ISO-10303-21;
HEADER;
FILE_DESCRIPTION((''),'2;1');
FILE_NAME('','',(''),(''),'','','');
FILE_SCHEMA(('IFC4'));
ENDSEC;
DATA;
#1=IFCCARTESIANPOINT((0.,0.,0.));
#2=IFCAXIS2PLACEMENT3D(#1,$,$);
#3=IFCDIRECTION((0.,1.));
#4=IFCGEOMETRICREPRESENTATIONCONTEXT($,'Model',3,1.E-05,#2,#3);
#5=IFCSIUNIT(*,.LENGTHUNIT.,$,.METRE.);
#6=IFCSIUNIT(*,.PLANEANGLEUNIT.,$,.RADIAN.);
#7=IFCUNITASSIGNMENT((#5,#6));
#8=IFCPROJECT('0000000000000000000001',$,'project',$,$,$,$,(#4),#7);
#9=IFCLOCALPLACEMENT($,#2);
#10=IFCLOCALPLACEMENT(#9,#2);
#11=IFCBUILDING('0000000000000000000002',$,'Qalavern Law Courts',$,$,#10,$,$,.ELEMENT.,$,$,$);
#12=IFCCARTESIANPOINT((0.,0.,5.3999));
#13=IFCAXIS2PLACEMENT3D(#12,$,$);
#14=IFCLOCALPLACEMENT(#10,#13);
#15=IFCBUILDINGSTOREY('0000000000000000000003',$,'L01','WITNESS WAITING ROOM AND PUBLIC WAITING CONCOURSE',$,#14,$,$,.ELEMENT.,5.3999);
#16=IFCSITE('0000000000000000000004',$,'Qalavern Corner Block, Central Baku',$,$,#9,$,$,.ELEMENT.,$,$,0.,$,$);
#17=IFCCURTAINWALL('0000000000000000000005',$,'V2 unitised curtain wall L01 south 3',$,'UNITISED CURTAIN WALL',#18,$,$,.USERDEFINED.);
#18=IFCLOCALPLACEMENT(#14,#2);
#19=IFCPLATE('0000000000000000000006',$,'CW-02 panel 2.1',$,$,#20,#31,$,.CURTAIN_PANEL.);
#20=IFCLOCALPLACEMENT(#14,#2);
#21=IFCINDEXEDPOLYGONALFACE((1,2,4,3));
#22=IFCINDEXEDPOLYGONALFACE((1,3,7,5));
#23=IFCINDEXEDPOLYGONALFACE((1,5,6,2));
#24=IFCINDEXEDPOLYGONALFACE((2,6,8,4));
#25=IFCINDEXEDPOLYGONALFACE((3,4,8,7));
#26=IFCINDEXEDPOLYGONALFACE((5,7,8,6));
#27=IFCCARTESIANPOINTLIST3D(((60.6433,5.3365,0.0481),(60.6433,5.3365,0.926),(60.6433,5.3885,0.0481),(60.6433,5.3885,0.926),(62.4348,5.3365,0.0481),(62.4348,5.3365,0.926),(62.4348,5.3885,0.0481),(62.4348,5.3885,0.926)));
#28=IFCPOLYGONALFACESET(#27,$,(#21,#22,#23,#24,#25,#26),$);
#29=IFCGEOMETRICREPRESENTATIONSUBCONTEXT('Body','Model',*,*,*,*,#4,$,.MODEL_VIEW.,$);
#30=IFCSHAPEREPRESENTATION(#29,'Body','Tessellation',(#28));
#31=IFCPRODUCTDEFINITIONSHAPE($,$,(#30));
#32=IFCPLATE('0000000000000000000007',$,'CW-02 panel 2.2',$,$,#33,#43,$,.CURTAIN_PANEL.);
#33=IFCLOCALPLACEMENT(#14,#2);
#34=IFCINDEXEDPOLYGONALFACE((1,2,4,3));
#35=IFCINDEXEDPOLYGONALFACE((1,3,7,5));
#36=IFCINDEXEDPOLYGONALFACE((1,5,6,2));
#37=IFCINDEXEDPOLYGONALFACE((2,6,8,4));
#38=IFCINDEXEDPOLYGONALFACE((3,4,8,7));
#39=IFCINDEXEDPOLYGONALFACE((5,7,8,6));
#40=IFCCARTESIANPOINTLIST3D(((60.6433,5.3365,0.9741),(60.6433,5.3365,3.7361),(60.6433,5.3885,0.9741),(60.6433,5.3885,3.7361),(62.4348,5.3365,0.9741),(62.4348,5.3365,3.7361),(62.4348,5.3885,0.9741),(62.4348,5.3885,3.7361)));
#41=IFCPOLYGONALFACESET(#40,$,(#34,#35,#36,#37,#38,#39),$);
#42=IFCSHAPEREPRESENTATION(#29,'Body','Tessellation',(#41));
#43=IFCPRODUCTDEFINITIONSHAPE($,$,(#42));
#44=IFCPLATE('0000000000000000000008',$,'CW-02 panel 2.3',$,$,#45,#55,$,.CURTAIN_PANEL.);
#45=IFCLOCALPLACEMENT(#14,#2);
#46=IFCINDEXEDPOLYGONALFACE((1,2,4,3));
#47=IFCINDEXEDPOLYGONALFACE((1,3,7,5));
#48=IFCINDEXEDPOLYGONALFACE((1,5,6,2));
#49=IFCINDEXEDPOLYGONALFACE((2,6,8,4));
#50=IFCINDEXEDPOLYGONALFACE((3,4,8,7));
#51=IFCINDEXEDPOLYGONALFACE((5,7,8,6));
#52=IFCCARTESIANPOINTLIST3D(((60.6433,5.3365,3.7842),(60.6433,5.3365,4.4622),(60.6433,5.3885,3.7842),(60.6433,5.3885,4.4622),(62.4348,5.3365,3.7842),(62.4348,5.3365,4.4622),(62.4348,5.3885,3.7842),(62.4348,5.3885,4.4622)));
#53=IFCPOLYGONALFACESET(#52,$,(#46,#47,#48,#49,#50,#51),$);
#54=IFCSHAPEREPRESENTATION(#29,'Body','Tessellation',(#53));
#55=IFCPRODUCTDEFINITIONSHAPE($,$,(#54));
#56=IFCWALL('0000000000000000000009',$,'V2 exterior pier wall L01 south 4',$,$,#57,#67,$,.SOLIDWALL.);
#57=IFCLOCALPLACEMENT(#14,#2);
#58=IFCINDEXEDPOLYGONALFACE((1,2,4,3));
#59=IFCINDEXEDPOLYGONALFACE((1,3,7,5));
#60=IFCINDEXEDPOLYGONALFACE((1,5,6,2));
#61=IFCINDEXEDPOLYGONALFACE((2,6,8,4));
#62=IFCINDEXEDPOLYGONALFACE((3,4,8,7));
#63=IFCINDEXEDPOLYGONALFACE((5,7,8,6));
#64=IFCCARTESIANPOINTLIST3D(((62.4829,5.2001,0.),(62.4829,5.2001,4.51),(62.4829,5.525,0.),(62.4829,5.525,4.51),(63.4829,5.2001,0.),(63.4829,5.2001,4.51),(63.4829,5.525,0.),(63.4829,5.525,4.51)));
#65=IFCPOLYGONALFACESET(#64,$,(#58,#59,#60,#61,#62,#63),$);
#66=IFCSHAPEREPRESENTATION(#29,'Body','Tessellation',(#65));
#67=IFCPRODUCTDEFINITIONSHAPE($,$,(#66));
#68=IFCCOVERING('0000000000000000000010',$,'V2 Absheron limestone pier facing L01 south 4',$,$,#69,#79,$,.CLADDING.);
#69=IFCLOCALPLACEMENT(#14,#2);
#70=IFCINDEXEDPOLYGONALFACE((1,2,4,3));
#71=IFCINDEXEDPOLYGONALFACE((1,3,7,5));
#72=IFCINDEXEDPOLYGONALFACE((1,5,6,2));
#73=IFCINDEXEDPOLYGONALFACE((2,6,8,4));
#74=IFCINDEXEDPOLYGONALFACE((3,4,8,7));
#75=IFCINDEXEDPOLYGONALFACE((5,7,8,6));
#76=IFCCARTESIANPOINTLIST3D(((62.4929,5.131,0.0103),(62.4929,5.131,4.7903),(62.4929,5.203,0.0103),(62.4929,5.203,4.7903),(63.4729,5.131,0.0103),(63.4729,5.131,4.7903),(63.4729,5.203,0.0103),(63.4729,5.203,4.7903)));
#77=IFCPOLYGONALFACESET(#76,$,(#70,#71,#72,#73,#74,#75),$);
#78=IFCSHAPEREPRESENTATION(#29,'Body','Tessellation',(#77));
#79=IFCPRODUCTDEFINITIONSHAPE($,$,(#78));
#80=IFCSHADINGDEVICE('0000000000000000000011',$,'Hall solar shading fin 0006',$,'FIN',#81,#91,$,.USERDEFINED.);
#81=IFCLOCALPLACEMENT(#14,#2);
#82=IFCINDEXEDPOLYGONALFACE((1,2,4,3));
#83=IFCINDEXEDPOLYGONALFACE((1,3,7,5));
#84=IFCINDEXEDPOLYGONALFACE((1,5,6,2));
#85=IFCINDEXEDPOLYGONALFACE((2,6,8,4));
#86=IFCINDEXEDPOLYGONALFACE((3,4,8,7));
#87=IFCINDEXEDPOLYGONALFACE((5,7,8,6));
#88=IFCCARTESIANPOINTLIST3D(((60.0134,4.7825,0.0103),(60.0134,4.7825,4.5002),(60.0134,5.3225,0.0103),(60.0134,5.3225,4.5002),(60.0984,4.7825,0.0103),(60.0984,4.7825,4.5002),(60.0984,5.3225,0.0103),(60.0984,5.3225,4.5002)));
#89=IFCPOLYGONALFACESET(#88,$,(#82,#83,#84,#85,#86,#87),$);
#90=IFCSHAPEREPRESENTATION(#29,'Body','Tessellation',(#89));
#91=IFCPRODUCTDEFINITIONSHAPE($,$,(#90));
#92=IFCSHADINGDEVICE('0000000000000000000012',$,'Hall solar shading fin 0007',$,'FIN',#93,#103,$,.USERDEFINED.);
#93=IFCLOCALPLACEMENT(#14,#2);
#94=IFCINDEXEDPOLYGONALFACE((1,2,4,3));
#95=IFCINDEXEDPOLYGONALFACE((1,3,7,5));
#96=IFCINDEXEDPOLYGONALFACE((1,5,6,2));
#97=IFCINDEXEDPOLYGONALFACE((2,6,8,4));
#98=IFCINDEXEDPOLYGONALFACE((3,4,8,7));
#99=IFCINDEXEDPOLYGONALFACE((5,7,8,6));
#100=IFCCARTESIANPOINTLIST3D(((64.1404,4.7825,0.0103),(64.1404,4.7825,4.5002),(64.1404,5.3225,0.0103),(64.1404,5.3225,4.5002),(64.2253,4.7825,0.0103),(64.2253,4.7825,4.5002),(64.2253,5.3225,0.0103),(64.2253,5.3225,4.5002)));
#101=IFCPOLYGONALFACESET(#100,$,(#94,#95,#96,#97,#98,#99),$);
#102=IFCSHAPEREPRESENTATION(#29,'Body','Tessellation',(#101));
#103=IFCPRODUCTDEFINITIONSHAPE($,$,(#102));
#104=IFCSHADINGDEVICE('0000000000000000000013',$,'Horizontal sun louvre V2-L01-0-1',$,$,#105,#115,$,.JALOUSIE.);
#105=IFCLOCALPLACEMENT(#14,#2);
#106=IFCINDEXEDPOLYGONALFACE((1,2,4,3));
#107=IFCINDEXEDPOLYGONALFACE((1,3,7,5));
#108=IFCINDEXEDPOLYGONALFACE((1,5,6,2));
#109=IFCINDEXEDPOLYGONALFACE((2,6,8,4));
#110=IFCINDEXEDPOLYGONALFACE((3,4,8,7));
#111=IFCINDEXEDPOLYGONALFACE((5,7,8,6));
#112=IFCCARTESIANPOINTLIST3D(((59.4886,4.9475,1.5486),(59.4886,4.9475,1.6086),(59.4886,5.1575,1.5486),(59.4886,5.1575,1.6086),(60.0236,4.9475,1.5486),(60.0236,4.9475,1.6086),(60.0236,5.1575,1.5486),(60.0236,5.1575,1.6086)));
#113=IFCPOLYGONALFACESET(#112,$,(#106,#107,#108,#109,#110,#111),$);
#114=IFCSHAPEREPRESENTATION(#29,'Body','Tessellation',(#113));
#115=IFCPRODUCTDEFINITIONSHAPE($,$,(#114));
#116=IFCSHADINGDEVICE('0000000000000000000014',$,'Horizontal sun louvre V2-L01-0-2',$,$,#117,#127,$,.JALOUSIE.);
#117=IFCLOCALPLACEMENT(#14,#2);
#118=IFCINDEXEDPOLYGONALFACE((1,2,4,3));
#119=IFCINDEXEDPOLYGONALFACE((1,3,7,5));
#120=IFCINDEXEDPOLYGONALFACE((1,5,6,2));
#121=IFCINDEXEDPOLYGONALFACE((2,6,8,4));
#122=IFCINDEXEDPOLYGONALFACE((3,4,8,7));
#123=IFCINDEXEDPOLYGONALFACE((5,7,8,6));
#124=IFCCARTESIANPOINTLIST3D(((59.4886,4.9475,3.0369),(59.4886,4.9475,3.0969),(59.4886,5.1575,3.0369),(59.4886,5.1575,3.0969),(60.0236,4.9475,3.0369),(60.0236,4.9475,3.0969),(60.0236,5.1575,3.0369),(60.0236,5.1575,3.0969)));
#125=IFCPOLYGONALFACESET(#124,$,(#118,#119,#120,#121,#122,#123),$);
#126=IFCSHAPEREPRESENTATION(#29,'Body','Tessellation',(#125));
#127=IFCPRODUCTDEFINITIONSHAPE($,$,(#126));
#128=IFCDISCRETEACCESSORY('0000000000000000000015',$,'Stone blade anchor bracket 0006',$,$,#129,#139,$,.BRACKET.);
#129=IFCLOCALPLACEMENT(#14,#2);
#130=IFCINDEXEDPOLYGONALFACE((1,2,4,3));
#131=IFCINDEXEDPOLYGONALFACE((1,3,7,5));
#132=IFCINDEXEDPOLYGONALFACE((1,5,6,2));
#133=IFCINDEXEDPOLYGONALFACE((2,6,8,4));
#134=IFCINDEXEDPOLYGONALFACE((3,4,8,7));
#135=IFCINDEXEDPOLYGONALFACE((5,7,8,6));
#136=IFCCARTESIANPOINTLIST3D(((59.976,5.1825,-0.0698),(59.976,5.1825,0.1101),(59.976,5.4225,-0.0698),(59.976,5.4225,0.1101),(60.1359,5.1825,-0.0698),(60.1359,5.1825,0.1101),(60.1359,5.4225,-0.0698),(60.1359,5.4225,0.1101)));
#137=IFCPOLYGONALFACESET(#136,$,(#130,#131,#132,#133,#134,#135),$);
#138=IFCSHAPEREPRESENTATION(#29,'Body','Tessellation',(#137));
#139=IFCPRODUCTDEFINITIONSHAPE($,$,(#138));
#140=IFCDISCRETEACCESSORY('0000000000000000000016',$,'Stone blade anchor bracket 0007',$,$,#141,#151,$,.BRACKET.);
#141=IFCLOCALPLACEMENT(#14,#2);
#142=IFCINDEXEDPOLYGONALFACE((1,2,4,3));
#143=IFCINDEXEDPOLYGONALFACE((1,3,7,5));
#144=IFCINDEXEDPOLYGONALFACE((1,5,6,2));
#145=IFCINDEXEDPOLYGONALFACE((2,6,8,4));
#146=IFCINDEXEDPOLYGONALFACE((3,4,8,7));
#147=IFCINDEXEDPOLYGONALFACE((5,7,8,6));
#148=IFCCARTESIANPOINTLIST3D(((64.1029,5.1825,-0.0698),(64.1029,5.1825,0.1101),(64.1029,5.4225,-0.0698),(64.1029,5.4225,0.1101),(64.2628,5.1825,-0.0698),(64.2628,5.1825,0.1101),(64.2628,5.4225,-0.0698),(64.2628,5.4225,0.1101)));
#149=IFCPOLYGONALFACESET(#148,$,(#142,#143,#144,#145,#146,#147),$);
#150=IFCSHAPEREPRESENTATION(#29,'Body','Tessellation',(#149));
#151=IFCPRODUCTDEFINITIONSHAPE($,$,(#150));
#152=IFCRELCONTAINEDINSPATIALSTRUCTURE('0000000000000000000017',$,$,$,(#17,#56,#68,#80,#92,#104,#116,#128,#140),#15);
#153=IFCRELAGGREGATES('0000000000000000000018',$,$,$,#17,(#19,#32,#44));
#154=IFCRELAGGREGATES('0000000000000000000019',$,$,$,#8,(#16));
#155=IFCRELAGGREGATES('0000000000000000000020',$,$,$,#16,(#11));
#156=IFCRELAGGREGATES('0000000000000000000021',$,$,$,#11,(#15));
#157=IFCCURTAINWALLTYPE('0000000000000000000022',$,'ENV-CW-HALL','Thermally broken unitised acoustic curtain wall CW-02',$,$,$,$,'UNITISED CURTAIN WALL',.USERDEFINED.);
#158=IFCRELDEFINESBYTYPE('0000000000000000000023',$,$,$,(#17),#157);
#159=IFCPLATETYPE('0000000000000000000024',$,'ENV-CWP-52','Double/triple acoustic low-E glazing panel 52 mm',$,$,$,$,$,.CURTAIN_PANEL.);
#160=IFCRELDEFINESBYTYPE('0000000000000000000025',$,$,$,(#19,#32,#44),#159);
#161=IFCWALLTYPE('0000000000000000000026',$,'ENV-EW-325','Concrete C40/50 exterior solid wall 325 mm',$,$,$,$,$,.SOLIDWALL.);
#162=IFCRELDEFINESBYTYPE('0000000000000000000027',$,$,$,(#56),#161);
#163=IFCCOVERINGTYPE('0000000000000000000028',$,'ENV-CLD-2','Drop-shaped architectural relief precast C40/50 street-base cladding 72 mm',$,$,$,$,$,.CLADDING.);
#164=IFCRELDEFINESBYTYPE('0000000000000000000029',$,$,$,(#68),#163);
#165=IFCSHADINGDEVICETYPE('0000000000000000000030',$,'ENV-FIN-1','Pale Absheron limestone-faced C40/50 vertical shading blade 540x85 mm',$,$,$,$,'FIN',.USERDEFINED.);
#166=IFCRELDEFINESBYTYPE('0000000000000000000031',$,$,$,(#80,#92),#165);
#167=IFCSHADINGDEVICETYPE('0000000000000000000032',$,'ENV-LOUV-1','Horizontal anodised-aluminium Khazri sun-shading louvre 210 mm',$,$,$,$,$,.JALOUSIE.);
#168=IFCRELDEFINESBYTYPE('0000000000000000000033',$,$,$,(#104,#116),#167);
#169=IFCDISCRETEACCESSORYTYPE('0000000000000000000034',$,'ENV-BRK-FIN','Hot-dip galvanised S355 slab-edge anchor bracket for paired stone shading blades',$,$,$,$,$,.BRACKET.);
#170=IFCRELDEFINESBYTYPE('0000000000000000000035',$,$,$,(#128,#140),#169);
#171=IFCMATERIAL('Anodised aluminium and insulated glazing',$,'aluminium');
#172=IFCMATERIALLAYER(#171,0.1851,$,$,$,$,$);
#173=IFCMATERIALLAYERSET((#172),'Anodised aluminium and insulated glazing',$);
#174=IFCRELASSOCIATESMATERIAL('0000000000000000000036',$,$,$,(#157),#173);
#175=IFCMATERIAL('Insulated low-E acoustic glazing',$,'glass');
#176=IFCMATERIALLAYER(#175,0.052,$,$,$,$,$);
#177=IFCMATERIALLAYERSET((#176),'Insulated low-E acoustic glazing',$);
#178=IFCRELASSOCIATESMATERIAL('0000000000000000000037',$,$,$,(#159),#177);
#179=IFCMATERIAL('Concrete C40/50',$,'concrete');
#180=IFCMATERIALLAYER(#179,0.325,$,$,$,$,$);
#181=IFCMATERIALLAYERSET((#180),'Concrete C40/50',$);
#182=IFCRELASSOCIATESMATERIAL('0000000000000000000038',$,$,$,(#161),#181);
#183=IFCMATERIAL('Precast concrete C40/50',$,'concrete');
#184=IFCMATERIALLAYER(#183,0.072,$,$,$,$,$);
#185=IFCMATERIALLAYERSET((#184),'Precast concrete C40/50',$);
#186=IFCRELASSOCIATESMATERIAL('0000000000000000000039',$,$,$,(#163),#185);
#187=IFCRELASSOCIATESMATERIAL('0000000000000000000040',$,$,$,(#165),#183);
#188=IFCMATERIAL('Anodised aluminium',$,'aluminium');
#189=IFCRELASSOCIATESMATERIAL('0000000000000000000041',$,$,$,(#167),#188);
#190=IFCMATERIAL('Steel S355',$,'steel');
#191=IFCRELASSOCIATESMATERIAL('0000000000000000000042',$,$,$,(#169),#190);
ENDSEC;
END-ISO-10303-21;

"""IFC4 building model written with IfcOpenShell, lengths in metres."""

from ifc_helpers import new_model, si_unit, direction, frame, frame_2d, origin, origin_2d, place, context, subcontext, project, spatial, rectangle, extrude, material, layer, layer_set, type_object, element, aggregate, save


model = new_model("IFC4")

# Units and contexts
model_context = context("Model", 3, precision=1e-05, world=origin(), true_north=direction((0.0, 1.0)))
body_context = subcontext(model_context, "Body", "Model", "MODEL_VIEW")
ifc_project = project(units=[si_unit("LENGTHUNIT", "METRE"), si_unit("PLANEANGLEUNIT", "RADIAN")], contexts=[model_context])

# Site, building, storey
site_placement = place(None, origin())
site = spatial("IfcSite", under=ifc_project, at=site_placement, Name="Qalavern Corner Block, Central Baku", CompositionType="ELEMENT", RefElevation=0.0)
building_placement = place(site_placement, origin())
building = spatial("IfcBuilding", under=site, at=building_placement, Name="Qalavern Law Courts", CompositionType="ELEMENT")
storey_placement = place(building_placement, frame((0.0, 0.0, 5.3999)))
storey = spatial("IfcBuildingStorey", under=building, at=storey_placement, Name="L01", Description="WITNESS WAITING ROOM AND PUBLIC WAITING CONCOURSE", CompositionType="ELEMENT", Elevation=5.3999)

# Curtain wall
ifc_material_1 = material(Name="Anodised aluminium and insulated glazing", Category="aluminium")
ifc_layer_1 = layer(ifc_material_1, 0.1851)
ifc_layer_set_1 = layer_set([ifc_layer_1], Name="Anodised aluminium and insulated glazing")
curtain_wall_type = type_object("IfcCurtainWallType", Name="ENV-CW-HALL", Description="Thermally broken unitised acoustic curtain wall CW-02", ElementType="UNITISED CURTAIN WALL", PredefinedType="USERDEFINED", material=ifc_layer_set_1)
curtain_wall_1_placement = place(storey_placement, origin())
curtain_wall_1 = element("IfcCurtainWall", 1, at=curtain_wall_1_placement, inside=storey, type_object=curtain_wall_type, Name="V2 unitised curtain wall L01 south 3", ObjectType="UNITISED CURTAIN WALL", PredefinedType="USERDEFINED")
ifc_material_2 = material(Name="Anodised aluminium", Category="aluminium")

# Plates
ifc_material_3 = material(Name="Insulated low-E acoustic glazing", Category="glass")
ifc_layer_2 = layer(ifc_material_3, 0.052)
ifc_layer_set_2 = layer_set([ifc_layer_2], Name="Insulated low-E acoustic glazing")
plate_type = type_object("IfcPlateType", Name="ENV-CWP-52", Description="Double/triple acoustic low-E glazing panel 52 mm", PredefinedType="CURTAIN_PANEL", material=ifc_layer_set_2)
plate_1_placement = place(storey_placement, frame((61.5391, 5.3625, 0.0481), z_axis=(0.0, 0.0, 1.0), x_axis=(1.0, 0.0, 0.0)))
plate_1 = element("IfcPlate", 2, at=plate_1_placement, type_object=plate_type, Name="CW-02 panel 2.1", PredefinedType="CURTAIN_PANEL", context=body_context, shape_type="SweptSolid", body=[
    extrude(rectangle(XDim=1.7915, YDim=0.052, at=origin_2d()), origin(), (0.0, 0.0, 1.0), 0.8779),
])
plate_2_placement = place(storey_placement, frame((61.5391, 5.3625, 0.9741), z_axis=(0.0, 0.0, 1.0), x_axis=(1.0, 0.0, 0.0)))
plate_2 = element("IfcPlate", 3, at=plate_2_placement, type_object=plate_type, Name="CW-02 panel 2.2", PredefinedType="CURTAIN_PANEL", context=body_context, shape_type="SweptSolid", body=[
    extrude(rectangle(XDim=1.7915, YDim=0.052, at=origin_2d()), origin(), (0.0, 0.0, 1.0), 2.762),
])
plate_3_placement = place(storey_placement, frame((61.5391, 5.3625, 3.7842), z_axis=(0.0, 0.0, 1.0), x_axis=(1.0, 0.0, 0.0)))
plate_3 = element("IfcPlate", 4, at=plate_3_placement, type_object=plate_type, Name="CW-02 panel 2.3", PredefinedType="CURTAIN_PANEL", context=body_context, shape_type="SweptSolid", body=[
    extrude(rectangle(XDim=1.7915, YDim=0.052, at=origin_2d()), origin(), (0.0, 0.0, 1.0), 0.678),
])
aggregate(curtain_wall_1, [plate_1, plate_2, plate_3])

# Wall
ifc_material_4 = material(Name="Concrete C40/50", Category="concrete")
ifc_layer_3 = layer(ifc_material_4, 0.325)
ifc_layer_set_3 = layer_set([ifc_layer_3], Name="Concrete C40/50")
wall_type = type_object("IfcWallType", Name="ENV-EW-325", Description="Concrete C40/50 exterior solid wall 325 mm", PredefinedType="SOLIDWALL", material=ifc_layer_set_3)
wall_placement = place(storey_placement, frame((62.4829, 5.3625, 0.0), z_axis=(0.0, 0.0, 1.0), x_axis=(1.0, 0.0, 0.0)))
element("IfcWall", 5, at=wall_placement, inside=storey, type_object=wall_type, Name="V2 exterior pier wall L01 south 4", PredefinedType="SOLIDWALL", context=body_context, shape_type="SweptSolid", body=[
    extrude(rectangle(XDim=1.0, YDim=0.325, at=frame_2d((0.5, 0.0))), origin(), (0.0, 0.0, 1.0), 4.51),
])

# Covering
ifc_material_5 = material(Name="Precast concrete C40/50", Category="concrete")
ifc_layer_4 = layer(ifc_material_5, 0.072)
ifc_layer_set_4 = layer_set([ifc_layer_4], Name="Precast concrete C40/50")
covering_type = type_object("IfcCoveringType", Name="ENV-CLD-2", Description="Drop-shaped architectural relief precast C40/50 street-base cladding 72 mm", PredefinedType="CLADDING", material=ifc_layer_set_4)
covering_placement = place(storey_placement, frame((62.9829, 5.167, 0.0103), z_axis=(0.0, 0.0, 1.0), x_axis=(1.0, 0.0, 0.0)))
element("IfcCovering", 6, at=covering_placement, inside=storey, type_object=covering_type, Name="V2 Absheron limestone pier facing L01 south 4", PredefinedType="CLADDING", context=body_context, shape_type="SweptSolid", body=[
    extrude(rectangle(XDim=0.98, YDim=0.072, at=origin_2d()), origin(), (0.0, 0.0, 1.0), 4.78),
])

# Shading devices
shading_device_type_1 = type_object("IfcShadingDeviceType", Name="ENV-FIN-1", Description="Pale Absheron limestone-faced C40/50 vertical shading blade 540x85 mm", ElementType="FIN", PredefinedType="USERDEFINED", material=ifc_material_5)
for number, where, z_axis, x_axis, name in (
    (7, (60.0559, 5.0525, 0.0103), (0.0, 0.0, 1.0), (0.0, -1.0, 0.0), "Hall solar shading fin 0006"),
    (8, (64.1829, 5.0525, 0.0103), (0.0, 0.0, 1.0), (0.0, -1.0, 0.0), "Hall solar shading fin 0007"),
):
    element("IfcShadingDevice", number, at=place(storey_placement, frame(where, z_axis=z_axis, x_axis=x_axis)), inside=storey, type_object=shading_device_type_1, Name=name, ObjectType="FIN", PredefinedType="USERDEFINED", context=body_context, shape_type="SweptSolid", body=[
        extrude(rectangle(XDim=0.54, YDim=0.085, at=origin_2d()), origin(), (0.0, 0.0, 1.0), 4.49),
    ])
shading_device_type_2 = type_object("IfcShadingDeviceType", Name="ENV-LOUV-1", Description="Horizontal anodised-aluminium Khazri sun-shading louvre 210 mm", PredefinedType="JALOUSIE", material=ifc_material_2)
for number, where, z_axis, x_axis, name in (
    (9, (59.7561, 5.0525, 1.5486), (0.0, 0.0, 1.0), (1.0, 0.0, 0.0), "Horizontal sun louvre V2-L01-0-1"),
    (10, (59.7561, 5.0525, 3.0369), (0.0, 0.0, 1.0), (1.0, 0.0, 0.0), "Horizontal sun louvre V2-L01-0-2"),
):
    element("IfcShadingDevice", number, at=place(storey_placement, frame(where, z_axis=z_axis, x_axis=x_axis)), inside=storey, type_object=shading_device_type_2, Name=name, PredefinedType="JALOUSIE", context=body_context, shape_type="SweptSolid", body=[
        extrude(rectangle(XDim=0.5349, YDim=0.21, at=origin_2d()), origin(), (0.0, 0.0, 1.0), 0.0601),
    ])

# Discrete accessories
ifc_material_6 = material(Name="Steel S355", Category="steel")
discrete_accessory_type = type_object("IfcDiscreteAccessoryType", Name="ENV-BRK-FIN", Description="Hot-dip galvanised S355 slab-edge anchor bracket for paired stone shading blades", PredefinedType="BRACKET", material=ifc_material_6)
for number, where, z_axis, x_axis, name in (
    (11, (60.0559, 5.3025, -0.0698), (0.0, 0.0, 1.0), (0.0, -1.0, 0.0), "Stone blade anchor bracket 0006"),
    (12, (64.1829, 5.3025, -0.0698), (0.0, 0.0, 1.0), (0.0, -1.0, 0.0), "Stone blade anchor bracket 0007"),
):
    element("IfcDiscreteAccessory", number, at=place(storey_placement, frame(where, z_axis=z_axis, x_axis=x_axis)), inside=storey, type_object=discrete_accessory_type, Name=name, PredefinedType="BRACKET", context=body_context, shape_type="SweptSolid", body=[
        extrude(rectangle(XDim=0.24, YDim=0.1599, at=origin_2d()), origin(), (0.0, 0.0, 1.0), 0.1799),
    ])

save(model, "model.ifc")
